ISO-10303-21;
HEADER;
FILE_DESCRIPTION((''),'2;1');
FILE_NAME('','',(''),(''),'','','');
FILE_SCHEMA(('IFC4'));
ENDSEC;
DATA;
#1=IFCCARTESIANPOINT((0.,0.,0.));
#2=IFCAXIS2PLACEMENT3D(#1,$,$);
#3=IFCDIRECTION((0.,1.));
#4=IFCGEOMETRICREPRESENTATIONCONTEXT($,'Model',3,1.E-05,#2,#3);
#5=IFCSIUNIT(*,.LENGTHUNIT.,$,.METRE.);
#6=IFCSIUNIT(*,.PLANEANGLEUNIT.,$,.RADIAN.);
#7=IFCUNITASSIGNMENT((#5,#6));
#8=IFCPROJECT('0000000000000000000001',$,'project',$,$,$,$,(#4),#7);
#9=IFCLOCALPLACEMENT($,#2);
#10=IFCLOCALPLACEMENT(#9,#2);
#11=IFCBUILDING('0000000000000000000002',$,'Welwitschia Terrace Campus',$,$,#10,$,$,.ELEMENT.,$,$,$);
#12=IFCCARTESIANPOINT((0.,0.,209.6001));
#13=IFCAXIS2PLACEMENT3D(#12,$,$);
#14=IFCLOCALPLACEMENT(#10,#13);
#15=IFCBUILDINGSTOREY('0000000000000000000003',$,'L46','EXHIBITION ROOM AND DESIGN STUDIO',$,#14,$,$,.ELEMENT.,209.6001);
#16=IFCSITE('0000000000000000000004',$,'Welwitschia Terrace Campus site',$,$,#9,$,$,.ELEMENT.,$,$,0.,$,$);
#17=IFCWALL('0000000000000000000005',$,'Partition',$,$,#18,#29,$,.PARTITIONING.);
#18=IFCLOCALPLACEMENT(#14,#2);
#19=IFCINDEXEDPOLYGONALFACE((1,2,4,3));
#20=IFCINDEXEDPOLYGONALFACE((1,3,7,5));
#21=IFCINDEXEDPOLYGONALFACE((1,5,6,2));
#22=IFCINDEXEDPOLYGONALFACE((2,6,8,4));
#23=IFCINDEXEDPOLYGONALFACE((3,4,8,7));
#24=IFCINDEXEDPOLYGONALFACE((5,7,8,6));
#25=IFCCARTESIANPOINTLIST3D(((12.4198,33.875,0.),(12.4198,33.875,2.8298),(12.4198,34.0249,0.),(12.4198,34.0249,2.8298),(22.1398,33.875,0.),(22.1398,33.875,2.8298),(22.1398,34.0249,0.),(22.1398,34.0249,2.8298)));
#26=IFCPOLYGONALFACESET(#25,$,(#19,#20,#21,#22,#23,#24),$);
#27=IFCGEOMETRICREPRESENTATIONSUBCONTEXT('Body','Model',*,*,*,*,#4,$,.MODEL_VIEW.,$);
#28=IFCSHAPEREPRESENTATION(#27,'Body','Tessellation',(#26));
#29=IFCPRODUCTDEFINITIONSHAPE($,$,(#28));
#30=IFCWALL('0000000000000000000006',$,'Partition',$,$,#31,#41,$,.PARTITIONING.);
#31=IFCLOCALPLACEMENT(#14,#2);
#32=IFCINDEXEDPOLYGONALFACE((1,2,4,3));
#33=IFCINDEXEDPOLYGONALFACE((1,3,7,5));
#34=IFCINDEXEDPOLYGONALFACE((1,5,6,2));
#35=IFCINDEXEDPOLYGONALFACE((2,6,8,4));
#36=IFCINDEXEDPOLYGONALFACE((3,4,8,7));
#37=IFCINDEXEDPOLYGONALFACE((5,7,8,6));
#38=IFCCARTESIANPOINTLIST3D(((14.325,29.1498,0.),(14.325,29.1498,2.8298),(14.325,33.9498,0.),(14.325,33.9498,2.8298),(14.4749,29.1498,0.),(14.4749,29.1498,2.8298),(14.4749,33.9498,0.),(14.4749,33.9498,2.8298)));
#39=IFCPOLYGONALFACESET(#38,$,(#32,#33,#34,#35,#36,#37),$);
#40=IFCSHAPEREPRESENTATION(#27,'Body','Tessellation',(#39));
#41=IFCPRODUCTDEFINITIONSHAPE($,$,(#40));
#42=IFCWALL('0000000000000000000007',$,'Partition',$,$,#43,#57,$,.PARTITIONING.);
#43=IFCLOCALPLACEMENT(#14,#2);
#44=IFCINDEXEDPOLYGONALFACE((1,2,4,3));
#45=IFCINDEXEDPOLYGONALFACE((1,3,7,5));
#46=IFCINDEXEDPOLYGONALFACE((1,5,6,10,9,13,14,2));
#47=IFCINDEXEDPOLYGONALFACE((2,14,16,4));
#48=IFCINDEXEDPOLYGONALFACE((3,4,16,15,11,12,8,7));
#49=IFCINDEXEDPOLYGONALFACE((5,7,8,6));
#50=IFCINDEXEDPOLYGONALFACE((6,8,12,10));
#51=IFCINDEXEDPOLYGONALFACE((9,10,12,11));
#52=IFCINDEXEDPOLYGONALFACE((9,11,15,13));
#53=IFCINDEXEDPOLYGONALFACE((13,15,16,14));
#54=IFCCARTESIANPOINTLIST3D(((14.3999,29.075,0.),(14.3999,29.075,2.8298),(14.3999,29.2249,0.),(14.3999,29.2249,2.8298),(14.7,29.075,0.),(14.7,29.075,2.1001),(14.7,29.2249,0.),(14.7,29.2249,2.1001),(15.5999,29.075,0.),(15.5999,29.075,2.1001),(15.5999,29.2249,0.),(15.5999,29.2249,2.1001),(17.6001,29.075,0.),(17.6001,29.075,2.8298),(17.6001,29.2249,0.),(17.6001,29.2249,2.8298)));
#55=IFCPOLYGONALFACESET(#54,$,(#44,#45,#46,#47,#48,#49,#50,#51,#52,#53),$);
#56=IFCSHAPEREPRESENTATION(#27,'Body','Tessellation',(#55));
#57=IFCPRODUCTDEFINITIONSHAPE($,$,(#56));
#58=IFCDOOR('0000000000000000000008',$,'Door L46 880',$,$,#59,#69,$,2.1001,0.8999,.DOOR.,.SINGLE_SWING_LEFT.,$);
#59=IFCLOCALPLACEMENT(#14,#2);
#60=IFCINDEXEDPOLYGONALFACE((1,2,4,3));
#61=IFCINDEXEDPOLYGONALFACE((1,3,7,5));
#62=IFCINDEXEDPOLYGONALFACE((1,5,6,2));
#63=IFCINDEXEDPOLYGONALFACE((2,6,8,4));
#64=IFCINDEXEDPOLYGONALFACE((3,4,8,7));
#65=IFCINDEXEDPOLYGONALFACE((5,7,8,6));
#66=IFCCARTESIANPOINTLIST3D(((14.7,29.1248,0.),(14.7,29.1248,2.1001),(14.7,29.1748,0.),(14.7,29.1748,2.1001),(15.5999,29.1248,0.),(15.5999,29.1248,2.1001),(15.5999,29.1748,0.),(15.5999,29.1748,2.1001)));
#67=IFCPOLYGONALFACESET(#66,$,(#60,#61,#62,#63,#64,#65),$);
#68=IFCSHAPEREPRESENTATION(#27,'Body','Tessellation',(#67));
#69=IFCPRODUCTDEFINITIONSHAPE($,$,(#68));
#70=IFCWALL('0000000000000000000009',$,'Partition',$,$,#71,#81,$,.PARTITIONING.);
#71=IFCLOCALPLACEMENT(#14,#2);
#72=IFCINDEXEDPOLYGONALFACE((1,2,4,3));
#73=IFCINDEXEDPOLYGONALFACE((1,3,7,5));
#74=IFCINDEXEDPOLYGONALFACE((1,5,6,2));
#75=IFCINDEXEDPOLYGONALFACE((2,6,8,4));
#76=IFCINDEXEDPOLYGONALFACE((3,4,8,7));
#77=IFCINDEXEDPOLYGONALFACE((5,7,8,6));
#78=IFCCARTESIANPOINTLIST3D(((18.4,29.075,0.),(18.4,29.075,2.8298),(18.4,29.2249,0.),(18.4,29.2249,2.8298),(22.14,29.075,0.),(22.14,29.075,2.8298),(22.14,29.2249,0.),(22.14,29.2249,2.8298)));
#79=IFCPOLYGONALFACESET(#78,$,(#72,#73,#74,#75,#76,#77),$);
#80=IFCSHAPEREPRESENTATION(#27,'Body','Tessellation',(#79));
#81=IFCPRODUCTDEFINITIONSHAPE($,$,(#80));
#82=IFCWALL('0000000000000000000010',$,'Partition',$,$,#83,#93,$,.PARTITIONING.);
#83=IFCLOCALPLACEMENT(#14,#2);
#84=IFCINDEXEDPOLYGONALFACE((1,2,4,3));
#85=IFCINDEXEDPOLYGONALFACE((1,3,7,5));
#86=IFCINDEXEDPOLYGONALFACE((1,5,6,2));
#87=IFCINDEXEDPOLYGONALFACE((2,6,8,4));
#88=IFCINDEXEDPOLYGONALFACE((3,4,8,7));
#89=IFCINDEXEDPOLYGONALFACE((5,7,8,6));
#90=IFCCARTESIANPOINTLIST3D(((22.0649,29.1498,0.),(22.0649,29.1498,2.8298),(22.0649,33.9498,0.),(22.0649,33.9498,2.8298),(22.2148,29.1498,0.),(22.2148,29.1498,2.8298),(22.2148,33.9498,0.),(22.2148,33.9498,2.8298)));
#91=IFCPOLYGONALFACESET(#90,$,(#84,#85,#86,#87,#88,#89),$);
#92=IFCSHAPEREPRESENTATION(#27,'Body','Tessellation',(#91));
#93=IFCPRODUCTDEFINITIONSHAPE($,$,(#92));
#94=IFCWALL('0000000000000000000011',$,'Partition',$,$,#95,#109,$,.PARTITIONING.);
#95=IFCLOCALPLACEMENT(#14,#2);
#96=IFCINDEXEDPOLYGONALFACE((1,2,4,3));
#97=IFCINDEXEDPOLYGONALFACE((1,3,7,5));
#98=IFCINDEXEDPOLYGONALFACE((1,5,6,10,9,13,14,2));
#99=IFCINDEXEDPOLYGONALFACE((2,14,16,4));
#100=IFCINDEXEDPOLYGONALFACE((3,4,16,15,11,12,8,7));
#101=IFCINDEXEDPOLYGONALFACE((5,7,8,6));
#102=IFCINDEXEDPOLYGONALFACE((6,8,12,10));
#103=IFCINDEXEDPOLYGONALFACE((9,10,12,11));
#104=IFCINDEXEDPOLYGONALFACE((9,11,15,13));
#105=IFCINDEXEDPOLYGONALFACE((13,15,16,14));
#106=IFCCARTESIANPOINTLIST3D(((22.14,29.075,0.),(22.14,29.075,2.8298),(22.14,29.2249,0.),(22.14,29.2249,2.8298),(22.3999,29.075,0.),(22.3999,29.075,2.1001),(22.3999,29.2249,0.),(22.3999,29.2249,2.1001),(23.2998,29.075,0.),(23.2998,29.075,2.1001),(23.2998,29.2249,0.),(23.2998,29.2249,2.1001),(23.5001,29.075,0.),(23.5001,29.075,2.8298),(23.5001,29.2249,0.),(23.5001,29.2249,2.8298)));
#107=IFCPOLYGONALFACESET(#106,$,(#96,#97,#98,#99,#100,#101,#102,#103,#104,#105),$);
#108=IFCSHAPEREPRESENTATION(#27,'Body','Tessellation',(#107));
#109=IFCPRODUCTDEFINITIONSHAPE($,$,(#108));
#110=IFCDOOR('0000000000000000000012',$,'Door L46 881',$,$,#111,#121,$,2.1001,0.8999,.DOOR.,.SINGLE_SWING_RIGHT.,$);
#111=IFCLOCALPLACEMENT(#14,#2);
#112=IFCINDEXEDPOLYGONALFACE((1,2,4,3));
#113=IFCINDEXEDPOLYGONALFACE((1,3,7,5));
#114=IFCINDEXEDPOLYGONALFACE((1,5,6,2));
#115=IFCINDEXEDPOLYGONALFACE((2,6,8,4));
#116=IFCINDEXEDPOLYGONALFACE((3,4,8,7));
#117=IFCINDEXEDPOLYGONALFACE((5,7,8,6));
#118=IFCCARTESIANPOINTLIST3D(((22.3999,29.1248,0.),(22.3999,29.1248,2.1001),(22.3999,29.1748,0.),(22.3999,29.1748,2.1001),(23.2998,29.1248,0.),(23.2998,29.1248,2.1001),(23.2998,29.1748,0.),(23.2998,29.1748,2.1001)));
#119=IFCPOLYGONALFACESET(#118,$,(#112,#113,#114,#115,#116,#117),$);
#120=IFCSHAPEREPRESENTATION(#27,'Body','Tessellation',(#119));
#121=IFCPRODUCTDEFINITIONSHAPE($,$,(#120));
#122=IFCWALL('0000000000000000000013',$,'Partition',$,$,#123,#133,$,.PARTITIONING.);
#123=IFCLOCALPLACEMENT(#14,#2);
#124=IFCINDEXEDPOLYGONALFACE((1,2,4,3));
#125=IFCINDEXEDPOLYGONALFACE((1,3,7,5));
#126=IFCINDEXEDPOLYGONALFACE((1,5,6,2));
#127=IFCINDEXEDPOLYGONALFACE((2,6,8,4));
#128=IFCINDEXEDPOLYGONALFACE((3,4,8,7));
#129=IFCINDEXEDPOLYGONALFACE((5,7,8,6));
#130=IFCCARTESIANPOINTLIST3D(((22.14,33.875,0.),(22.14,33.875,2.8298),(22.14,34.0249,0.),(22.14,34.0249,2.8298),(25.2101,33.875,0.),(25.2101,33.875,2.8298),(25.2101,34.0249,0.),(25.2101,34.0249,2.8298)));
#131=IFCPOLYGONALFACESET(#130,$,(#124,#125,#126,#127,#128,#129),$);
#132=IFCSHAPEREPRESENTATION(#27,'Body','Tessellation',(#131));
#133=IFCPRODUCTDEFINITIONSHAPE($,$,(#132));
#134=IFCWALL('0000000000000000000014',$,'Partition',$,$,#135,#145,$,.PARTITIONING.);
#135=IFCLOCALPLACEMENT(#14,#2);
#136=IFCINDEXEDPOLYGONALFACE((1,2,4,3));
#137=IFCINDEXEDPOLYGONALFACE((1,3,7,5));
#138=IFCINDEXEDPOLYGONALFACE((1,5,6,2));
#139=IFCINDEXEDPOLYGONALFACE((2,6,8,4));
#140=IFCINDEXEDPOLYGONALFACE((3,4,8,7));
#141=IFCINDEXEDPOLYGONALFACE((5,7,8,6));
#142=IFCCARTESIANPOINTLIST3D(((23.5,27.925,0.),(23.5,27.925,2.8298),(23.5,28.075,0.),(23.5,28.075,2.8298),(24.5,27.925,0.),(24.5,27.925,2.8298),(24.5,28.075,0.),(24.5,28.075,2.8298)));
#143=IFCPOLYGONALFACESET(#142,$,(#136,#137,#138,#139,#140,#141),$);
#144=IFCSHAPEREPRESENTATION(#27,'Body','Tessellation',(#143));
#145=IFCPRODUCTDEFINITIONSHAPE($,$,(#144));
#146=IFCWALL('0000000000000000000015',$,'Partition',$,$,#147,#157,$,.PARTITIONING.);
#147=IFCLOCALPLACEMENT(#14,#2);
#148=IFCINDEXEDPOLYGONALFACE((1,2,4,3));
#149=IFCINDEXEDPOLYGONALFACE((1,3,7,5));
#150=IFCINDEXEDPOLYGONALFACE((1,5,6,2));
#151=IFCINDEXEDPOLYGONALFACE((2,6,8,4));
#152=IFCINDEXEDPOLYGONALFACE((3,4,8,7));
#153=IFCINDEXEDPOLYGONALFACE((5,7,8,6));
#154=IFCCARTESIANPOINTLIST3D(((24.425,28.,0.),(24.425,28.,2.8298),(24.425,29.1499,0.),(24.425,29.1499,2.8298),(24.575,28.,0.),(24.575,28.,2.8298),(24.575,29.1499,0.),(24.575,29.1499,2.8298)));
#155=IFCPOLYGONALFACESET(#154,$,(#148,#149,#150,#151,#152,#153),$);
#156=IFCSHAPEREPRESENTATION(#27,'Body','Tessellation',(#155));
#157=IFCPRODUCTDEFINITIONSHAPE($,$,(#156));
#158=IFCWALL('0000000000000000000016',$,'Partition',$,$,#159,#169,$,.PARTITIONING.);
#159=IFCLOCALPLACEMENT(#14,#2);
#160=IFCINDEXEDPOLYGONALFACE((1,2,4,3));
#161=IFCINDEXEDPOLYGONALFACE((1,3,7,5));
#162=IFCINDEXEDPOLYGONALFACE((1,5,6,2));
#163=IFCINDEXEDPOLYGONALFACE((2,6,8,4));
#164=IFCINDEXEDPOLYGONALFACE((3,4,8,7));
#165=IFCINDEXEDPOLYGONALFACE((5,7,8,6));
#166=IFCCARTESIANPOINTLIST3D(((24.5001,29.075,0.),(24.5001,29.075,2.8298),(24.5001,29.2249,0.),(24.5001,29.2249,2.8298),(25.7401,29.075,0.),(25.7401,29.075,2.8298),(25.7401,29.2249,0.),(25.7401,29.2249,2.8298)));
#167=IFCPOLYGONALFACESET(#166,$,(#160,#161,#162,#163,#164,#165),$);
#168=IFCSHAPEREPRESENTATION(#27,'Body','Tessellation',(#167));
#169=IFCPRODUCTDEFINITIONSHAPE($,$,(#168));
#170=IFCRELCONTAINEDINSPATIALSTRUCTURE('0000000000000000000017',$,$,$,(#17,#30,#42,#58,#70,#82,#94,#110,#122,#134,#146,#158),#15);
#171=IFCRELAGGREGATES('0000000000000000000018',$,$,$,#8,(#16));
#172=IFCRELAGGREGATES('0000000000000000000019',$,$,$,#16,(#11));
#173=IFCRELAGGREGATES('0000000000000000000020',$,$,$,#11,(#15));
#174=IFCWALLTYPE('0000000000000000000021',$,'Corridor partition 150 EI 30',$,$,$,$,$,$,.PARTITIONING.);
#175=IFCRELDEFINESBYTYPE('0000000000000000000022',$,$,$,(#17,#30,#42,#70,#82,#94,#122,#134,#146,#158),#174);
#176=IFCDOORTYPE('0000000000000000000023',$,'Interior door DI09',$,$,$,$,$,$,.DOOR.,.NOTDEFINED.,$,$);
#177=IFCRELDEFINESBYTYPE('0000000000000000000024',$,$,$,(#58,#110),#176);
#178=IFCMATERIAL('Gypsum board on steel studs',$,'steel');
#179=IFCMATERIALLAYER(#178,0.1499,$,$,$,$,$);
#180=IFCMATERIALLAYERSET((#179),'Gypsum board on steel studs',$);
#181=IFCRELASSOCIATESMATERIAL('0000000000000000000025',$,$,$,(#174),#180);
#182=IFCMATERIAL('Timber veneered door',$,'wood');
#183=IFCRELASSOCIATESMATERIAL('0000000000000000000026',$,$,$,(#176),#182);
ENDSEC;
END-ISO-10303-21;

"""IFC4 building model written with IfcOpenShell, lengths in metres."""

from ifc_helpers import new_model, si_unit, direction, frame, frame_2d, origin, place, context, subcontext, project, spatial, rectangle, extrude, material, layer, layer_set, type_object, element, fill, save


model = new_model("IFC4")

# Units and contexts
model_context = context("Model", 3, precision=1e-05, world=origin(), true_north=direction((0.0, 1.0)))
body_context = subcontext(model_context, "Body", "Model", "MODEL_VIEW")
ifc_project = project(units=[si_unit("LENGTHUNIT", "METRE"), si_unit("PLANEANGLEUNIT", "RADIAN")], contexts=[model_context])

# Site, building, storey
site_placement = place(None, origin())
site = spatial("IfcSite", under=ifc_project, at=site_placement, Name="Welwitschia Terrace Campus site", CompositionType="ELEMENT", RefElevation=0.0)
building_placement = place(site_placement, origin())
building = spatial("IfcBuilding", under=site, at=building_placement, Name="Welwitschia Terrace Campus", CompositionType="ELEMENT")
storey_placement = place(building_placement, frame((0.0, 0.0, 209.6001)))
storey = spatial("IfcBuildingStorey", under=building, at=storey_placement, Name="L46", Description="EXHIBITION ROOM AND DESIGN STUDIO", CompositionType="ELEMENT", Elevation=209.6001)

# Shared definitions
ifc_material_1 = material(Name="Gypsum board on steel studs", Category="steel")
ifc_layer_1 = layer(ifc_material_1, 0.1499)
ifc_layer_set_1 = layer_set([ifc_layer_1], Name="Gypsum board on steel studs")
wall_type = type_object("IfcWallType", Name="Corridor partition 150 EI 30", PredefinedType="PARTITIONING", material=ifc_layer_set_1)
ifc_material_2 = material(Name="Timber veneered door", Category="wood")
door_type = type_object("IfcDoorType", Name="Interior door DI09", OperationType="NOTDEFINED", PredefinedType="DOOR", material=ifc_material_2)

# Walls
wall_1_placement = place(storey_placement, frame((12.4199, 33.95, 0.0), z_axis=(0.0, 0.0, 1.0), x_axis=(1.0, 0.0, 0.0)))
element("IfcWall", 1, at=wall_1_placement, inside=storey, type_object=wall_type, Name="Partition", PredefinedType="PARTITIONING", context=body_context, shape_type="SweptSolid", body=[
    extrude(rectangle(XDim=9.72, YDim=0.1499, at=frame_2d((4.8599, 0.0))), origin(), (0.0, 0.0, 1.0), 2.8298),
])
wall_2_placement = place(storey_placement, frame((14.3999, 29.1499, 0.0), z_axis=(0.0, 0.0, 1.0), x_axis=(0.0, 1.0, 0.0)))
element("IfcWall", 2, at=wall_2_placement, inside=storey, type_object=wall_type, Name="Partition", PredefinedType="PARTITIONING", context=body_context, shape_type="SweptSolid", body=[
    extrude(rectangle(XDim=4.8, YDim=0.1499, at=frame_2d((2.3999, 0.0))), origin(), (0.0, 0.0, 1.0), 2.8298),
])

# Wall, opening, door
wall_3_placement = place(storey_placement, frame((14.3999, 29.1499, 0.0), z_axis=(0.0, 0.0, 1.0), x_axis=(1.0, 0.0, 0.0)))
wall_3 = element("IfcWall", 3, at=wall_3_placement, inside=storey, type_object=wall_type, Name="Partition", PredefinedType="PARTITIONING", context=body_context, shape_type="SweptSolid", body=[
    extrude(rectangle(XDim=3.2002, YDim=0.1499, at=frame_2d((1.6001, 0.0))), origin(), (0.0, 0.0, 1.0), 2.8298),
])
opening_1_placement = place(wall_3_placement, frame((0.3, 0.0, 0.0)))
opening_1 = element("IfcOpeningElement", 4, at=opening_1_placement, cuts=wall_3, PredefinedType="OPENING", context=body_context, shape_type="SweptSolid", body=[
    extrude(rectangle(XDim=0.8999, YDim=2.1001, at=frame_2d((0.45, 1.05))), frame((0.0, 0.085, 0.0), z_axis=(0.0, -1.0, 0.0), x_axis=(1.0, 0.0, 0.0)), (0.0, 0.0, 1.0), 0.1699),
])
door_1_placement = place(opening_1_placement, origin())
door_1 = element("IfcDoor", 5, at=door_1_placement, inside=storey, type_object=door_type, Name="Door L46 880", OperationType="SINGLE_SWING_LEFT", OverallHeight=2.1001, OverallWidth=0.8999, PredefinedType="DOOR", context=body_context, shape_type="SweptSolid", body=[
    extrude(rectangle(XDim=0.8999, YDim=2.1001, at=frame_2d((0.45, 1.05))), frame((0.0, 0.0249, 0.0), z_axis=(0.0, -1.0, 0.0), x_axis=(1.0, 0.0, 0.0)), (0.0, 0.0, 1.0), 0.05),
])
fill(opening_1, door_1)

# Walls
wall_4_placement = place(storey_placement, frame((18.3999, 29.1499, 0.0), z_axis=(0.0, 0.0, 1.0), x_axis=(1.0, 0.0, 0.0)))
element("IfcWall", 6, at=wall_4_placement, inside=storey, type_object=wall_type, Name="Partition", PredefinedType="PARTITIONING", context=body_context, shape_type="SweptSolid", body=[
    extrude(rectangle(XDim=3.74, YDim=0.1499, at=frame_2d((1.8701, 0.0))), origin(), (0.0, 0.0, 1.0), 2.8298),
])
wall_5_placement = place(storey_placement, frame((22.1399, 29.1499, 0.0), z_axis=(0.0, 0.0, 1.0), x_axis=(0.0, 1.0, 0.0)))
element("IfcWall", 7, at=wall_5_placement, inside=storey, type_object=wall_type, Name="Partition", PredefinedType="PARTITIONING", context=body_context, shape_type="SweptSolid", body=[
    extrude(rectangle(XDim=4.8, YDim=0.1499, at=frame_2d((2.3999, 0.0))), origin(), (0.0, 0.0, 1.0), 2.8298),
])

# Wall, opening, door
wall_6_placement = place(storey_placement, frame((22.1399, 29.1499, 0.0), z_axis=(0.0, 0.0, 1.0), x_axis=(1.0, 0.0, 0.0)))
wall_6 = element("IfcWall", 8, at=wall_6_placement, inside=storey, type_object=wall_type, Name="Partition", PredefinedType="PARTITIONING", context=body_context, shape_type="SweptSolid", body=[
    extrude(rectangle(XDim=1.3601, YDim=0.1499, at=frame_2d((0.6802, 0.0))), origin(), (0.0, 0.0, 1.0), 2.8298),
])
opening_2_placement = place(wall_6_placement, frame((0.26, 0.0, 0.0)))
opening_2 = element("IfcOpeningElement", 9, at=opening_2_placement, cuts=wall_6, PredefinedType="OPENING", context=body_context, shape_type="SweptSolid", body=[
    extrude(rectangle(XDim=0.8999, YDim=2.1001, at=frame_2d((0.45, 1.05))), frame((0.0, 0.085, 0.0), z_axis=(0.0, -1.0, 0.0), x_axis=(1.0, 0.0, 0.0)), (0.0, 0.0, 1.0), 0.1699),
])
door_2_placement = place(opening_2_placement, origin())
door_2 = element("IfcDoor", 10, at=door_2_placement, inside=storey, type_object=door_type, Name="Door L46 881", OperationType="SINGLE_SWING_RIGHT", OverallHeight=2.1001, OverallWidth=0.8999, PredefinedType="DOOR", context=body_context, shape_type="SweptSolid", body=[
    extrude(rectangle(XDim=0.8999, YDim=2.1001, at=frame_2d((0.45, 1.05))), frame((0.0, 0.0249, 0.0), z_axis=(0.0, -1.0, 0.0), x_axis=(1.0, 0.0, 0.0)), (0.0, 0.0, 1.0), 0.05),
])
fill(opening_2, door_2)

# Walls
wall_7_placement = place(storey_placement, frame((22.1399, 33.95, 0.0), z_axis=(0.0, 0.0, 1.0), x_axis=(1.0, 0.0, 0.0)))
element("IfcWall", 11, at=wall_7_placement, inside=storey, type_object=wall_type, Name="Partition", PredefinedType="PARTITIONING", context=body_context, shape_type="SweptSolid", body=[
    extrude(rectangle(XDim=3.0701, YDim=0.1499, at=frame_2d((1.5352, 0.0))), origin(), (0.0, 0.0, 1.0), 2.8298),
])
wall_8_placement = place(storey_placement, frame((23.5, 28.0, 0.0), z_axis=(0.0, 0.0, 1.0), x_axis=(1.0, 0.0, 0.0)))
element("IfcWall", 12, at=wall_8_placement, inside=storey, type_object=wall_type, Name="Partition", PredefinedType="PARTITIONING", context=body_context, shape_type="SweptSolid", body=[
    extrude(rectangle(XDim=1.0, YDim=0.1499, at=frame_2d((0.5, 0.0))), origin(), (0.0, 0.0, 1.0), 2.8298),
])
wall_9_placement = place(storey_placement, frame((24.5, 28.0, 0.0), z_axis=(0.0, 0.0, 1.0), x_axis=(0.0, 1.0, 0.0)))
element("IfcWall", 13, at=wall_9_placement, inside=storey, type_object=wall_type, Name="Partition", PredefinedType="PARTITIONING", context=body_context, shape_type="SweptSolid", body=[
    extrude(rectangle(XDim=1.1499, YDim=0.1499, at=frame_2d((0.575, 0.0))), origin(), (0.0, 0.0, 1.0), 2.8298),
])
wall_10_placement = place(storey_placement, frame((24.5, 29.1499, 0.0), z_axis=(0.0, 0.0, 1.0), x_axis=(1.0, 0.0, 0.0)))
element("IfcWall", 14, at=wall_10_placement, inside=storey, type_object=wall_type, Name="Partition", PredefinedType="PARTITIONING", context=body_context, shape_type="SweptSolid", body=[
    extrude(rectangle(XDim=1.24, YDim=0.1499, at=frame_2d((0.6201, 0.0))), origin(), (0.0, 0.0, 1.0), 2.8298),
])

save(model, "model.ifc")
